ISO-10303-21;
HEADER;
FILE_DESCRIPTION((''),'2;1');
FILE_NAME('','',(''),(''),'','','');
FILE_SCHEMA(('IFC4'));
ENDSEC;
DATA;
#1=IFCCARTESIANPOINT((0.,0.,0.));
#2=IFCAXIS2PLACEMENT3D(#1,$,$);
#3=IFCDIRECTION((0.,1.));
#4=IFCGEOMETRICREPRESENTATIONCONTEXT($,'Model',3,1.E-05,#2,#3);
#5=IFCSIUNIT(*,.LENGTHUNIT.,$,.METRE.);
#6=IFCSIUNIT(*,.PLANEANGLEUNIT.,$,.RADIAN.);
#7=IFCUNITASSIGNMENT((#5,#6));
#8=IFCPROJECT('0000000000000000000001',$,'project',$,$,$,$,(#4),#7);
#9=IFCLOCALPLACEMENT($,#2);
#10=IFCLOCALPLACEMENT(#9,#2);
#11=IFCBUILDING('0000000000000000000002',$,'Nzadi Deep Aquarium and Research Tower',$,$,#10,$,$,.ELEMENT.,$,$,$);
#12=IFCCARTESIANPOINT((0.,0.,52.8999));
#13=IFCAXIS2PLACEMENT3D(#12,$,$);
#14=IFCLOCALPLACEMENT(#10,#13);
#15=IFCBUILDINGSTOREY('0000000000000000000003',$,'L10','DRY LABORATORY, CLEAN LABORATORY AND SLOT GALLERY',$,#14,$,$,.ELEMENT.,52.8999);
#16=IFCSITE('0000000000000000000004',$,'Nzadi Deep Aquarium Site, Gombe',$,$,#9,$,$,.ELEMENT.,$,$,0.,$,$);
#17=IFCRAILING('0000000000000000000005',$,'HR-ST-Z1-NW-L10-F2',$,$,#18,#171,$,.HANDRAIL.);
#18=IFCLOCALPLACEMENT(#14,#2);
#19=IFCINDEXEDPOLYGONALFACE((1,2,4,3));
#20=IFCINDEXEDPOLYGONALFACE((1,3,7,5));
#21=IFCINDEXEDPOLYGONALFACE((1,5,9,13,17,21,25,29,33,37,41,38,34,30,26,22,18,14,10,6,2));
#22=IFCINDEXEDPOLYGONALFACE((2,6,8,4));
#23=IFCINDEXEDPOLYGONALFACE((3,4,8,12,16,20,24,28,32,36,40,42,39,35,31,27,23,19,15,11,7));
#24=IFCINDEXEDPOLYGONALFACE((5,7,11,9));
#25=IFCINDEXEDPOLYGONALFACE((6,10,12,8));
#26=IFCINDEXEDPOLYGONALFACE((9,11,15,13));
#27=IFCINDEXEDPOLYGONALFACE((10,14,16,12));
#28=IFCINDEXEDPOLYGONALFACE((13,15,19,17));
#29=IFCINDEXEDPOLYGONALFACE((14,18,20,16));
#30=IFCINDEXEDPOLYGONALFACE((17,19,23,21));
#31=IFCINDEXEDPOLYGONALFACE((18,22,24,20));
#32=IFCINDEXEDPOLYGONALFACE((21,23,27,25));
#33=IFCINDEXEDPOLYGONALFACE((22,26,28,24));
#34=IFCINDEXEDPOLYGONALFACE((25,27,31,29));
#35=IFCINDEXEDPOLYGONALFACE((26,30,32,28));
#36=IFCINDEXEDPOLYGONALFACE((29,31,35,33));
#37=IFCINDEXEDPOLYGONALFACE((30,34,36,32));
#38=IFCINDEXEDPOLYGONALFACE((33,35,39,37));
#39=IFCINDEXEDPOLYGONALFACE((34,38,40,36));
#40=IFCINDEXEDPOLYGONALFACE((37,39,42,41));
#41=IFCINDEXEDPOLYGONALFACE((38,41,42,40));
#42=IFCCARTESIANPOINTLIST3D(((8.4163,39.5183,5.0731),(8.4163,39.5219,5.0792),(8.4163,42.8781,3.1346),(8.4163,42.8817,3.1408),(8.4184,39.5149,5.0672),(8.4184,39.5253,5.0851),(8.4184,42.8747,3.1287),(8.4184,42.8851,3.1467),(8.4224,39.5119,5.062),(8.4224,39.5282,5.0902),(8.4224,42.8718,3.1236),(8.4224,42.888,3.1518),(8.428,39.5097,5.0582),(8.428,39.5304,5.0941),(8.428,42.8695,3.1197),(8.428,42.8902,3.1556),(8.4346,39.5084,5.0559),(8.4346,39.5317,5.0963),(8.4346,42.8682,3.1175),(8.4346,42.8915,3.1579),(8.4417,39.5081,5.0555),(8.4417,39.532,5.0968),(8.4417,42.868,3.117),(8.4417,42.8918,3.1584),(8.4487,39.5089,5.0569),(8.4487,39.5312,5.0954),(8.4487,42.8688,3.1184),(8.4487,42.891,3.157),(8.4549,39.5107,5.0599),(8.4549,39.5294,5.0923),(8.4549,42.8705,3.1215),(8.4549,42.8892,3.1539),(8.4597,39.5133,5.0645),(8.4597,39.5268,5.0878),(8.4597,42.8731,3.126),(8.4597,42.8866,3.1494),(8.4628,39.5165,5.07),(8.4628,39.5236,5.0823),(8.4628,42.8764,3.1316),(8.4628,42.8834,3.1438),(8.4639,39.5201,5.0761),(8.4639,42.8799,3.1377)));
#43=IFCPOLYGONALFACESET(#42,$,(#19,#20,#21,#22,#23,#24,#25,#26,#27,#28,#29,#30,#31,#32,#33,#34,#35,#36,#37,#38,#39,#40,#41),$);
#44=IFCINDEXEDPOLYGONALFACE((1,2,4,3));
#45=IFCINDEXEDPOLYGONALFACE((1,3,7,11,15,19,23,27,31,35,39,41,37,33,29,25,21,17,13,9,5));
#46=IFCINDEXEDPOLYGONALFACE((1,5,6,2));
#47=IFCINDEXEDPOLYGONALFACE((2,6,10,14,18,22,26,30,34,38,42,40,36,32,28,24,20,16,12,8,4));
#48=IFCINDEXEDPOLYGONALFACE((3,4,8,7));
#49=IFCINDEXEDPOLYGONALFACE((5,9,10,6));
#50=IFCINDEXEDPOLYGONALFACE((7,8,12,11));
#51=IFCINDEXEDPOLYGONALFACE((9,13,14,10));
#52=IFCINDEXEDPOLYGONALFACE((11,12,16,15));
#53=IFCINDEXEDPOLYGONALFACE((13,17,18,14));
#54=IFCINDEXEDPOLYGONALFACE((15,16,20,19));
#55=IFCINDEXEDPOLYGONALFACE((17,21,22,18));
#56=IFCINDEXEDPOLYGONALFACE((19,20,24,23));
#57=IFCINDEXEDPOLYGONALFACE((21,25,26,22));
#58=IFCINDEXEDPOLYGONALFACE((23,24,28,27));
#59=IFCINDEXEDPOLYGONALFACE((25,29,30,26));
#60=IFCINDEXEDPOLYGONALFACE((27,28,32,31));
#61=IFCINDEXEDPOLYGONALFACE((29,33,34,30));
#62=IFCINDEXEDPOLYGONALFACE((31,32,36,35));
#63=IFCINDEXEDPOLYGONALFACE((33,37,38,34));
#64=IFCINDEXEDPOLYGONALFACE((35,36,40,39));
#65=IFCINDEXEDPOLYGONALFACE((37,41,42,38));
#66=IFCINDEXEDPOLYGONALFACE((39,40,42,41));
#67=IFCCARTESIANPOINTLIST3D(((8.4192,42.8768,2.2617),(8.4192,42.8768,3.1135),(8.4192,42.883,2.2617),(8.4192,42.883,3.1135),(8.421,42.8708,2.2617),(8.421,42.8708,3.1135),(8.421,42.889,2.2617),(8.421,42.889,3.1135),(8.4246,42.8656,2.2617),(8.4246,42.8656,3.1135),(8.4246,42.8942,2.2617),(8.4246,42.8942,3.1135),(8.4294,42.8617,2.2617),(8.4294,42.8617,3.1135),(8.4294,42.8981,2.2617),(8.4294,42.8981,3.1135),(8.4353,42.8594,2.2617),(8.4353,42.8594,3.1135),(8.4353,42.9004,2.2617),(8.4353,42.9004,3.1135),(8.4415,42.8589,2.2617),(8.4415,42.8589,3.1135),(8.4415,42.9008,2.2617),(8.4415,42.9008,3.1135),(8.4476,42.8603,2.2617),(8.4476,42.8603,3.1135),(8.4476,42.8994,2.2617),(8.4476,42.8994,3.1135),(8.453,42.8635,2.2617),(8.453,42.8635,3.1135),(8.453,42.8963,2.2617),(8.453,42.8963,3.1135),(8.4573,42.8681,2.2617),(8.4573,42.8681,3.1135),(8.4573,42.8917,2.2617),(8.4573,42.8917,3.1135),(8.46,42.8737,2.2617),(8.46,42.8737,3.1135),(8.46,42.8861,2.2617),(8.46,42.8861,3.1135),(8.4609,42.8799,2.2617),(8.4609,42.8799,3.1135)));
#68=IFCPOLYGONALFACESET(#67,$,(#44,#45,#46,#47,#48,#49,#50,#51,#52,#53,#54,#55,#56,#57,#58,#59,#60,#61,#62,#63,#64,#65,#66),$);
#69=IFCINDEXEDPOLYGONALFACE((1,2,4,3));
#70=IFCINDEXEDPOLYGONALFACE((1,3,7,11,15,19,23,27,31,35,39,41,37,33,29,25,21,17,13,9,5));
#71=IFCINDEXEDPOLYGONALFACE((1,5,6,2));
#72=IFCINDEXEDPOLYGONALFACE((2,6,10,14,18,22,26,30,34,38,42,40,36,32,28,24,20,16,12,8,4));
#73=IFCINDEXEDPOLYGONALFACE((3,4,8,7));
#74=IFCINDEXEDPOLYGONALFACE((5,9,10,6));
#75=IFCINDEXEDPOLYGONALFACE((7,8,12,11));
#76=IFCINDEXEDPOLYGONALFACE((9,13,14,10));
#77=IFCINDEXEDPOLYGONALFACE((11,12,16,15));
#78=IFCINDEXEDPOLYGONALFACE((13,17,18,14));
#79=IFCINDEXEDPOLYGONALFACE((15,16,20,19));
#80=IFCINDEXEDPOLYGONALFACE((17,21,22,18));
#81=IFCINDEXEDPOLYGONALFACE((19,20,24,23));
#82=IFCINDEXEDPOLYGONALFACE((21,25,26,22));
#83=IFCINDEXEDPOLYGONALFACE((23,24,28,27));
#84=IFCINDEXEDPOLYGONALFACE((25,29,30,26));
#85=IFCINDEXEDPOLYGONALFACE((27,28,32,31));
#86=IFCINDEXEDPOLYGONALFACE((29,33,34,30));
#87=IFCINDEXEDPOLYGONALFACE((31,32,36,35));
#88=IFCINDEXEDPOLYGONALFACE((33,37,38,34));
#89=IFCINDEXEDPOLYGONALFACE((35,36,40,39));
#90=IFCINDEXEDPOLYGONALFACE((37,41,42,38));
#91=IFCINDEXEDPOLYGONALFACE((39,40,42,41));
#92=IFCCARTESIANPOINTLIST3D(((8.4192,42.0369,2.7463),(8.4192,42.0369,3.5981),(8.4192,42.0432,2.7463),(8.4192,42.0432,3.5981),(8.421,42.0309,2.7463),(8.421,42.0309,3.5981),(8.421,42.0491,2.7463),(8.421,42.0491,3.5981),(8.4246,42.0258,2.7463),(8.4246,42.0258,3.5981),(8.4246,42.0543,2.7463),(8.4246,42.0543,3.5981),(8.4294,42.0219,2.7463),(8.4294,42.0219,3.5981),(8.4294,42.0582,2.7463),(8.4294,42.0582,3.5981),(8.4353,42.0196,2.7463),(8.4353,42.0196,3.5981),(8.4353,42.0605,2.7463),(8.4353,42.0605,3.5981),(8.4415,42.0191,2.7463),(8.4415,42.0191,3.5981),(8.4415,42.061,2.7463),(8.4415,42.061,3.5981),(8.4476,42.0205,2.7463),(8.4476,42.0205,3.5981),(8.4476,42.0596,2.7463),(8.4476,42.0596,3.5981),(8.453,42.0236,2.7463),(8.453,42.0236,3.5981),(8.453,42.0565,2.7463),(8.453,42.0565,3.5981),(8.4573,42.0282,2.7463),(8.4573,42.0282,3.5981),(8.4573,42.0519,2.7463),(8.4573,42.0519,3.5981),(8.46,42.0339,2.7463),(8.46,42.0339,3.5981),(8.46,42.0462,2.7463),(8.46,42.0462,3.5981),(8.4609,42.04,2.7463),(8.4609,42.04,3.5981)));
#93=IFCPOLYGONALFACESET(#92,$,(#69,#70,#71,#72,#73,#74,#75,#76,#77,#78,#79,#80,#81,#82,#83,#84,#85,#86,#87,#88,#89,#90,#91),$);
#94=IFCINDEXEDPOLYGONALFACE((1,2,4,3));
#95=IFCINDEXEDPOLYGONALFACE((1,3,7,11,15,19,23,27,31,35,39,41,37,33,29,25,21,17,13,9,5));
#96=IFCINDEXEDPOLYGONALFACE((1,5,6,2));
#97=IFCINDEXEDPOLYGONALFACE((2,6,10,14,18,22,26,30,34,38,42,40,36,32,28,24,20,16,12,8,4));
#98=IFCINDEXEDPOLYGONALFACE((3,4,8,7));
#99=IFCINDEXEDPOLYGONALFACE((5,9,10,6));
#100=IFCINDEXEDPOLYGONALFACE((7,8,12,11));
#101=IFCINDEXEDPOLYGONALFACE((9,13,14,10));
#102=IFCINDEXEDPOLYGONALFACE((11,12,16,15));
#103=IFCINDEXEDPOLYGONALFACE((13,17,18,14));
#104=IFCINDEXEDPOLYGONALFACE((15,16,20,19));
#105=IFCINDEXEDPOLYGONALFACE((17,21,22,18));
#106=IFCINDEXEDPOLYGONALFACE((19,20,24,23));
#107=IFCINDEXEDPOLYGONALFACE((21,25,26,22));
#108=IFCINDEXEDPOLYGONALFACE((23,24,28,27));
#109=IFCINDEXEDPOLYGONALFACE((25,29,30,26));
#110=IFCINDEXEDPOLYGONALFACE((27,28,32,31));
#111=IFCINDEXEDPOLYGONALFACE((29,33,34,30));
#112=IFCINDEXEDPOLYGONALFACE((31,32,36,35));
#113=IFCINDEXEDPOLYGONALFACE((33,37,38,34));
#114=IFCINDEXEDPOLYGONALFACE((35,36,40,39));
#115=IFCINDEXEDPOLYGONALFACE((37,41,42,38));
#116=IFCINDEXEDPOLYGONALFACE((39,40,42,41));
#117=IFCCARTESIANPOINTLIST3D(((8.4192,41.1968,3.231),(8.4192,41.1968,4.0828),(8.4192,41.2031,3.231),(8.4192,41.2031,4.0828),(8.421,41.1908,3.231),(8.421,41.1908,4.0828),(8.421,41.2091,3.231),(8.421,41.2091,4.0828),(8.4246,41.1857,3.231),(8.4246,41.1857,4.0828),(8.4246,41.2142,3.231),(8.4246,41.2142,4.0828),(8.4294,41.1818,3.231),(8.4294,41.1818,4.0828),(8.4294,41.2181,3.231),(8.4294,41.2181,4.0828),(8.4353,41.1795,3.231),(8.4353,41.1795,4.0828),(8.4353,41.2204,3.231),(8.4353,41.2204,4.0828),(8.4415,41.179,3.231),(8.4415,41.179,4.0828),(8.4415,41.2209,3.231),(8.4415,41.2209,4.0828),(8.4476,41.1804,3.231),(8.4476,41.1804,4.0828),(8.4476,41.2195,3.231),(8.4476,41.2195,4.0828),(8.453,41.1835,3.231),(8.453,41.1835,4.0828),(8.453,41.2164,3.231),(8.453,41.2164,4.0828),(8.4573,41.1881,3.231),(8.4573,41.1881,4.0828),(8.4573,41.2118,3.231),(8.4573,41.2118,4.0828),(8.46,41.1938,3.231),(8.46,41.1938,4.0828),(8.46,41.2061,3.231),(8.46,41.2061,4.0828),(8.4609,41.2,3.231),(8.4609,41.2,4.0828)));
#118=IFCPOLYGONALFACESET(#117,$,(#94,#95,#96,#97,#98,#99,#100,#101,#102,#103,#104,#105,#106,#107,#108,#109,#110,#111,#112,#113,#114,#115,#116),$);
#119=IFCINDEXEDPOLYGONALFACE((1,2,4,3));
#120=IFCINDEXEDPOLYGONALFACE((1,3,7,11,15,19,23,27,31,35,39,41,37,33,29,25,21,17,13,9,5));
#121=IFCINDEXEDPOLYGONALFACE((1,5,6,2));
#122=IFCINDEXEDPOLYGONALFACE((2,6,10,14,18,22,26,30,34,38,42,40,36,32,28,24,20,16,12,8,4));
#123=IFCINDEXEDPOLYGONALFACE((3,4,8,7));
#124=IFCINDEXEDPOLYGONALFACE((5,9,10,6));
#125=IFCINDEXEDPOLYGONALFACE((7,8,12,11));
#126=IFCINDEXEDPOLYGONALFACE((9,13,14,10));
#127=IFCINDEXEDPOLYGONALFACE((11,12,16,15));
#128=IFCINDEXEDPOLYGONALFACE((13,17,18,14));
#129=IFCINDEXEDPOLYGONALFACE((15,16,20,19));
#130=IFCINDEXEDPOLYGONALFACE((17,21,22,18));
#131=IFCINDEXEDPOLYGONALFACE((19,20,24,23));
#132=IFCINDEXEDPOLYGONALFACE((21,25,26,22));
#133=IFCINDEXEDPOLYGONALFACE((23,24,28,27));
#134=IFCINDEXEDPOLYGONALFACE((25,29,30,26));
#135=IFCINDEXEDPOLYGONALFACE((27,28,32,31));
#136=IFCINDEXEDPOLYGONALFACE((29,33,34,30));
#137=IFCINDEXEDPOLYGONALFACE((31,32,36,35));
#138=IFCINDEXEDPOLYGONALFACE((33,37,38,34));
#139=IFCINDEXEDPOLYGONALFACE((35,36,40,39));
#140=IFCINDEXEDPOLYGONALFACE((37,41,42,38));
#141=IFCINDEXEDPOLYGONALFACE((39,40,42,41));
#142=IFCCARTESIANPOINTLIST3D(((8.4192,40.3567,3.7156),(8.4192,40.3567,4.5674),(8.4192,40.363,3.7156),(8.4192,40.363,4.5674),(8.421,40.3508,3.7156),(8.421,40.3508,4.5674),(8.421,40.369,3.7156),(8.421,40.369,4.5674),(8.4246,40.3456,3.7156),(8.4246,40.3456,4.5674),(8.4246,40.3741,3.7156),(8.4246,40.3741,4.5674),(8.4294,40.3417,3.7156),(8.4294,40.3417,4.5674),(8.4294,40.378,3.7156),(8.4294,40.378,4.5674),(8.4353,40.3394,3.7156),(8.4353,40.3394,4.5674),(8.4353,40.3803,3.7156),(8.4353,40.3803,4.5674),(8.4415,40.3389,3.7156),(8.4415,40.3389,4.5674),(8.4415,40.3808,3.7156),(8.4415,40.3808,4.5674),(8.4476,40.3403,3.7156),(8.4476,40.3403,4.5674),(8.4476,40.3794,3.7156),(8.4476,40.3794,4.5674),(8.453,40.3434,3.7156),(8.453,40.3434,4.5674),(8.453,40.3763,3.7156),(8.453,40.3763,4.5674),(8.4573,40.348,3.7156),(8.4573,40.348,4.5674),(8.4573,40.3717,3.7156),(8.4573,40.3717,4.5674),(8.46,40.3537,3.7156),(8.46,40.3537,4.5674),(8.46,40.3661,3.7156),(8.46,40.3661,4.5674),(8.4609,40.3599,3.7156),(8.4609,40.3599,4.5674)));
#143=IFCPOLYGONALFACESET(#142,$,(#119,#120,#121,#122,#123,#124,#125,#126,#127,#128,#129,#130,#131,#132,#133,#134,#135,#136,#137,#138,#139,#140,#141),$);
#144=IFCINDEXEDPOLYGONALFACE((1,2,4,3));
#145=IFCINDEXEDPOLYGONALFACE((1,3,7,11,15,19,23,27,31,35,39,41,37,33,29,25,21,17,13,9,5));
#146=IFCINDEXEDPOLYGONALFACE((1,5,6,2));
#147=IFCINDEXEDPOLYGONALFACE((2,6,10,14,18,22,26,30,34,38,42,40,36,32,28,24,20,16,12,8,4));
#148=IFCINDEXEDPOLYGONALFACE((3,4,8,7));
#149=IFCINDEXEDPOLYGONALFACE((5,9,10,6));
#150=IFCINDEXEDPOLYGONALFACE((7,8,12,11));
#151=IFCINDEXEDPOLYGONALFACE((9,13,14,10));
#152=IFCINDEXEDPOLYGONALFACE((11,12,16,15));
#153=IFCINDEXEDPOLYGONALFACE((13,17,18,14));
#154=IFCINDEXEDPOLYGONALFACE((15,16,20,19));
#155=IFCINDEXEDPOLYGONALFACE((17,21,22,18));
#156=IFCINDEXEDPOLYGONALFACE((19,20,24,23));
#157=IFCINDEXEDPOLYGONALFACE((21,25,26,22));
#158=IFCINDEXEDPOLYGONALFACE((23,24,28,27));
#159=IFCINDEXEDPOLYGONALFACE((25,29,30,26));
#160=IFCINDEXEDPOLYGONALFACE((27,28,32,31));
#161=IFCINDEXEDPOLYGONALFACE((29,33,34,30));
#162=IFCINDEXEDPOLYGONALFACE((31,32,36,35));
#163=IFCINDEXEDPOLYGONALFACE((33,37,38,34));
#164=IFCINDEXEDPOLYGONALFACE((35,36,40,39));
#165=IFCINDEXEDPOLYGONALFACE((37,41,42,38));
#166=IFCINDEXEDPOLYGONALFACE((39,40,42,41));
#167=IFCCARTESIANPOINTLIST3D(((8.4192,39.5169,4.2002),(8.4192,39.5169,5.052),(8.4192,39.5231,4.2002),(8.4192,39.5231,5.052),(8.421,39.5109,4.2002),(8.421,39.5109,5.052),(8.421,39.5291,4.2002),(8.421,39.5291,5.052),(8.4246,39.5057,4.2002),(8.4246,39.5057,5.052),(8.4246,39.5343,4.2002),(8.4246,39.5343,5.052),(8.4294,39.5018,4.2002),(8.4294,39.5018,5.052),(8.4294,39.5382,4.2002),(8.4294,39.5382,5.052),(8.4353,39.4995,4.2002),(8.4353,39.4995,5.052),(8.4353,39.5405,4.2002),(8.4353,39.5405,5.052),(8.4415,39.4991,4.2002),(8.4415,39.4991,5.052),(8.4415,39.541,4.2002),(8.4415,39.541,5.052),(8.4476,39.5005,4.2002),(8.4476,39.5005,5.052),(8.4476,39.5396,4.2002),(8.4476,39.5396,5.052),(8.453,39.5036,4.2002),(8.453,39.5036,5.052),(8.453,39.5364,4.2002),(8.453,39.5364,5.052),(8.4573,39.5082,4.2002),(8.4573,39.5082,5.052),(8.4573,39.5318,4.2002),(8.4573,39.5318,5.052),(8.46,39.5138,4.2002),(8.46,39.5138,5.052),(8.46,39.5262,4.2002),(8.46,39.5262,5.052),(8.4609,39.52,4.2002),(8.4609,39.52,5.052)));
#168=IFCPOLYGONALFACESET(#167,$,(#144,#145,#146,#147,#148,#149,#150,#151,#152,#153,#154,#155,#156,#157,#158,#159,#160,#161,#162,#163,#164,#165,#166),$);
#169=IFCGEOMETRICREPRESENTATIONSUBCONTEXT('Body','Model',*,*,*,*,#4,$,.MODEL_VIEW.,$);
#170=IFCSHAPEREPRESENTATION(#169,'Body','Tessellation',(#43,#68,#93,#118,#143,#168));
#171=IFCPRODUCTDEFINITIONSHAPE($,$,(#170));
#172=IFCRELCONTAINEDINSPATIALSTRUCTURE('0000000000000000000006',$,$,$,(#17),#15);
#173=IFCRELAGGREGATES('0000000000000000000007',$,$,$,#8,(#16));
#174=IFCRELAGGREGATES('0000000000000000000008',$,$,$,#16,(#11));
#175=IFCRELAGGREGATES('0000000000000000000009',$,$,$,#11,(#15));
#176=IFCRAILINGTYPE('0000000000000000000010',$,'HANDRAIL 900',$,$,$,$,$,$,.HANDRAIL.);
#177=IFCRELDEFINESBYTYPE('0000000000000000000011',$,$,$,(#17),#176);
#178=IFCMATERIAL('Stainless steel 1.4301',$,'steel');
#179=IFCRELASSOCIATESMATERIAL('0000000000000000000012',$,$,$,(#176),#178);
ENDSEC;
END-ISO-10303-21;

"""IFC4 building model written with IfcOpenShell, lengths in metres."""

from ifc_helpers import new_model, si_unit, direction, frame, origin, origin_2d, place, context, subcontext, project, spatial, circle, extrude, material, type_object, element, save


model = new_model("IFC4")

# Units and contexts
model_context = context("Model", 3, precision=1e-05, world=origin(), true_north=direction((0.0, 1.0)))
body_context = subcontext(model_context, "Body", "Model", "MODEL_VIEW")
ifc_project = project(units=[si_unit("LENGTHUNIT", "METRE"), si_unit("PLANEANGLEUNIT", "RADIAN")], contexts=[model_context])

# Site, building, storey
site_placement = place(None, origin())
site = spatial("IfcSite", under=ifc_project, at=site_placement, Name="Nzadi Deep Aquarium Site, Gombe", CompositionType="ELEMENT", RefElevation=0.0)
building_placement = place(site_placement, origin())
building = spatial("IfcBuilding", under=site, at=building_placement, Name="Nzadi Deep Aquarium and Research Tower", CompositionType="ELEMENT")
storey_placement = place(building_placement, frame((0.0, 0.0, 52.8999)))
storey = spatial("IfcBuildingStorey", under=building, at=storey_placement, Name="L10", Description="DRY LABORATORY, CLEAN LABORATORY AND SLOT GALLERY", CompositionType="ELEMENT", Elevation=52.8999)

# Railing
ifc_material_1 = material(Name="Stainless steel 1.4301", Category="steel")
railing_type = type_object("IfcRailingType", Name="HANDRAIL 900", PredefinedType="HANDRAIL", material=ifc_material_1)
railing_placement = place(storey_placement, frame((8.4399, 42.8799, 2.2617)))
element("IfcRailing", 1, at=railing_placement, inside=storey, type_object=railing_type, Name="HR-ST-Z1-NW-L10-F2", PredefinedType="HANDRAIL", context=body_context, shape_type="SweptSolid", body=[
    extrude(circle(Radius=0.0239, at=origin_2d()), frame((0.0, 0.0, 0.876), z_axis=(0.0, -0.866175, 0.499741), x_axis=(1.0, 0.0, 0.0)), (0.0, 0.0, 1.0), 3.8789),
    extrude(circle(Radius=0.021, at=origin_2d()), origin(), (0.0, 0.0, 1.0), 0.8518),
    extrude(circle(Radius=0.021, at=origin_2d()), frame((0.0, -0.8398, 0.4846)), (0.0, 0.0, 1.0), 0.8518),
    extrude(circle(Radius=0.021, at=origin_2d()), frame((0.0, -1.6799, 0.9692)), (0.0, 0.0, 1.0), 0.8518),
    extrude(circle(Radius=0.021, at=origin_2d()), frame((0.0, -2.52, 1.4539)), (0.0, 0.0, 1.0), 0.8518),
    extrude(circle(Radius=0.021, at=origin_2d()), frame((0.0, -3.3599, 1.9385)), (0.0, 0.0, 1.0), 0.8518),
])

save(model, "model.ifc")
